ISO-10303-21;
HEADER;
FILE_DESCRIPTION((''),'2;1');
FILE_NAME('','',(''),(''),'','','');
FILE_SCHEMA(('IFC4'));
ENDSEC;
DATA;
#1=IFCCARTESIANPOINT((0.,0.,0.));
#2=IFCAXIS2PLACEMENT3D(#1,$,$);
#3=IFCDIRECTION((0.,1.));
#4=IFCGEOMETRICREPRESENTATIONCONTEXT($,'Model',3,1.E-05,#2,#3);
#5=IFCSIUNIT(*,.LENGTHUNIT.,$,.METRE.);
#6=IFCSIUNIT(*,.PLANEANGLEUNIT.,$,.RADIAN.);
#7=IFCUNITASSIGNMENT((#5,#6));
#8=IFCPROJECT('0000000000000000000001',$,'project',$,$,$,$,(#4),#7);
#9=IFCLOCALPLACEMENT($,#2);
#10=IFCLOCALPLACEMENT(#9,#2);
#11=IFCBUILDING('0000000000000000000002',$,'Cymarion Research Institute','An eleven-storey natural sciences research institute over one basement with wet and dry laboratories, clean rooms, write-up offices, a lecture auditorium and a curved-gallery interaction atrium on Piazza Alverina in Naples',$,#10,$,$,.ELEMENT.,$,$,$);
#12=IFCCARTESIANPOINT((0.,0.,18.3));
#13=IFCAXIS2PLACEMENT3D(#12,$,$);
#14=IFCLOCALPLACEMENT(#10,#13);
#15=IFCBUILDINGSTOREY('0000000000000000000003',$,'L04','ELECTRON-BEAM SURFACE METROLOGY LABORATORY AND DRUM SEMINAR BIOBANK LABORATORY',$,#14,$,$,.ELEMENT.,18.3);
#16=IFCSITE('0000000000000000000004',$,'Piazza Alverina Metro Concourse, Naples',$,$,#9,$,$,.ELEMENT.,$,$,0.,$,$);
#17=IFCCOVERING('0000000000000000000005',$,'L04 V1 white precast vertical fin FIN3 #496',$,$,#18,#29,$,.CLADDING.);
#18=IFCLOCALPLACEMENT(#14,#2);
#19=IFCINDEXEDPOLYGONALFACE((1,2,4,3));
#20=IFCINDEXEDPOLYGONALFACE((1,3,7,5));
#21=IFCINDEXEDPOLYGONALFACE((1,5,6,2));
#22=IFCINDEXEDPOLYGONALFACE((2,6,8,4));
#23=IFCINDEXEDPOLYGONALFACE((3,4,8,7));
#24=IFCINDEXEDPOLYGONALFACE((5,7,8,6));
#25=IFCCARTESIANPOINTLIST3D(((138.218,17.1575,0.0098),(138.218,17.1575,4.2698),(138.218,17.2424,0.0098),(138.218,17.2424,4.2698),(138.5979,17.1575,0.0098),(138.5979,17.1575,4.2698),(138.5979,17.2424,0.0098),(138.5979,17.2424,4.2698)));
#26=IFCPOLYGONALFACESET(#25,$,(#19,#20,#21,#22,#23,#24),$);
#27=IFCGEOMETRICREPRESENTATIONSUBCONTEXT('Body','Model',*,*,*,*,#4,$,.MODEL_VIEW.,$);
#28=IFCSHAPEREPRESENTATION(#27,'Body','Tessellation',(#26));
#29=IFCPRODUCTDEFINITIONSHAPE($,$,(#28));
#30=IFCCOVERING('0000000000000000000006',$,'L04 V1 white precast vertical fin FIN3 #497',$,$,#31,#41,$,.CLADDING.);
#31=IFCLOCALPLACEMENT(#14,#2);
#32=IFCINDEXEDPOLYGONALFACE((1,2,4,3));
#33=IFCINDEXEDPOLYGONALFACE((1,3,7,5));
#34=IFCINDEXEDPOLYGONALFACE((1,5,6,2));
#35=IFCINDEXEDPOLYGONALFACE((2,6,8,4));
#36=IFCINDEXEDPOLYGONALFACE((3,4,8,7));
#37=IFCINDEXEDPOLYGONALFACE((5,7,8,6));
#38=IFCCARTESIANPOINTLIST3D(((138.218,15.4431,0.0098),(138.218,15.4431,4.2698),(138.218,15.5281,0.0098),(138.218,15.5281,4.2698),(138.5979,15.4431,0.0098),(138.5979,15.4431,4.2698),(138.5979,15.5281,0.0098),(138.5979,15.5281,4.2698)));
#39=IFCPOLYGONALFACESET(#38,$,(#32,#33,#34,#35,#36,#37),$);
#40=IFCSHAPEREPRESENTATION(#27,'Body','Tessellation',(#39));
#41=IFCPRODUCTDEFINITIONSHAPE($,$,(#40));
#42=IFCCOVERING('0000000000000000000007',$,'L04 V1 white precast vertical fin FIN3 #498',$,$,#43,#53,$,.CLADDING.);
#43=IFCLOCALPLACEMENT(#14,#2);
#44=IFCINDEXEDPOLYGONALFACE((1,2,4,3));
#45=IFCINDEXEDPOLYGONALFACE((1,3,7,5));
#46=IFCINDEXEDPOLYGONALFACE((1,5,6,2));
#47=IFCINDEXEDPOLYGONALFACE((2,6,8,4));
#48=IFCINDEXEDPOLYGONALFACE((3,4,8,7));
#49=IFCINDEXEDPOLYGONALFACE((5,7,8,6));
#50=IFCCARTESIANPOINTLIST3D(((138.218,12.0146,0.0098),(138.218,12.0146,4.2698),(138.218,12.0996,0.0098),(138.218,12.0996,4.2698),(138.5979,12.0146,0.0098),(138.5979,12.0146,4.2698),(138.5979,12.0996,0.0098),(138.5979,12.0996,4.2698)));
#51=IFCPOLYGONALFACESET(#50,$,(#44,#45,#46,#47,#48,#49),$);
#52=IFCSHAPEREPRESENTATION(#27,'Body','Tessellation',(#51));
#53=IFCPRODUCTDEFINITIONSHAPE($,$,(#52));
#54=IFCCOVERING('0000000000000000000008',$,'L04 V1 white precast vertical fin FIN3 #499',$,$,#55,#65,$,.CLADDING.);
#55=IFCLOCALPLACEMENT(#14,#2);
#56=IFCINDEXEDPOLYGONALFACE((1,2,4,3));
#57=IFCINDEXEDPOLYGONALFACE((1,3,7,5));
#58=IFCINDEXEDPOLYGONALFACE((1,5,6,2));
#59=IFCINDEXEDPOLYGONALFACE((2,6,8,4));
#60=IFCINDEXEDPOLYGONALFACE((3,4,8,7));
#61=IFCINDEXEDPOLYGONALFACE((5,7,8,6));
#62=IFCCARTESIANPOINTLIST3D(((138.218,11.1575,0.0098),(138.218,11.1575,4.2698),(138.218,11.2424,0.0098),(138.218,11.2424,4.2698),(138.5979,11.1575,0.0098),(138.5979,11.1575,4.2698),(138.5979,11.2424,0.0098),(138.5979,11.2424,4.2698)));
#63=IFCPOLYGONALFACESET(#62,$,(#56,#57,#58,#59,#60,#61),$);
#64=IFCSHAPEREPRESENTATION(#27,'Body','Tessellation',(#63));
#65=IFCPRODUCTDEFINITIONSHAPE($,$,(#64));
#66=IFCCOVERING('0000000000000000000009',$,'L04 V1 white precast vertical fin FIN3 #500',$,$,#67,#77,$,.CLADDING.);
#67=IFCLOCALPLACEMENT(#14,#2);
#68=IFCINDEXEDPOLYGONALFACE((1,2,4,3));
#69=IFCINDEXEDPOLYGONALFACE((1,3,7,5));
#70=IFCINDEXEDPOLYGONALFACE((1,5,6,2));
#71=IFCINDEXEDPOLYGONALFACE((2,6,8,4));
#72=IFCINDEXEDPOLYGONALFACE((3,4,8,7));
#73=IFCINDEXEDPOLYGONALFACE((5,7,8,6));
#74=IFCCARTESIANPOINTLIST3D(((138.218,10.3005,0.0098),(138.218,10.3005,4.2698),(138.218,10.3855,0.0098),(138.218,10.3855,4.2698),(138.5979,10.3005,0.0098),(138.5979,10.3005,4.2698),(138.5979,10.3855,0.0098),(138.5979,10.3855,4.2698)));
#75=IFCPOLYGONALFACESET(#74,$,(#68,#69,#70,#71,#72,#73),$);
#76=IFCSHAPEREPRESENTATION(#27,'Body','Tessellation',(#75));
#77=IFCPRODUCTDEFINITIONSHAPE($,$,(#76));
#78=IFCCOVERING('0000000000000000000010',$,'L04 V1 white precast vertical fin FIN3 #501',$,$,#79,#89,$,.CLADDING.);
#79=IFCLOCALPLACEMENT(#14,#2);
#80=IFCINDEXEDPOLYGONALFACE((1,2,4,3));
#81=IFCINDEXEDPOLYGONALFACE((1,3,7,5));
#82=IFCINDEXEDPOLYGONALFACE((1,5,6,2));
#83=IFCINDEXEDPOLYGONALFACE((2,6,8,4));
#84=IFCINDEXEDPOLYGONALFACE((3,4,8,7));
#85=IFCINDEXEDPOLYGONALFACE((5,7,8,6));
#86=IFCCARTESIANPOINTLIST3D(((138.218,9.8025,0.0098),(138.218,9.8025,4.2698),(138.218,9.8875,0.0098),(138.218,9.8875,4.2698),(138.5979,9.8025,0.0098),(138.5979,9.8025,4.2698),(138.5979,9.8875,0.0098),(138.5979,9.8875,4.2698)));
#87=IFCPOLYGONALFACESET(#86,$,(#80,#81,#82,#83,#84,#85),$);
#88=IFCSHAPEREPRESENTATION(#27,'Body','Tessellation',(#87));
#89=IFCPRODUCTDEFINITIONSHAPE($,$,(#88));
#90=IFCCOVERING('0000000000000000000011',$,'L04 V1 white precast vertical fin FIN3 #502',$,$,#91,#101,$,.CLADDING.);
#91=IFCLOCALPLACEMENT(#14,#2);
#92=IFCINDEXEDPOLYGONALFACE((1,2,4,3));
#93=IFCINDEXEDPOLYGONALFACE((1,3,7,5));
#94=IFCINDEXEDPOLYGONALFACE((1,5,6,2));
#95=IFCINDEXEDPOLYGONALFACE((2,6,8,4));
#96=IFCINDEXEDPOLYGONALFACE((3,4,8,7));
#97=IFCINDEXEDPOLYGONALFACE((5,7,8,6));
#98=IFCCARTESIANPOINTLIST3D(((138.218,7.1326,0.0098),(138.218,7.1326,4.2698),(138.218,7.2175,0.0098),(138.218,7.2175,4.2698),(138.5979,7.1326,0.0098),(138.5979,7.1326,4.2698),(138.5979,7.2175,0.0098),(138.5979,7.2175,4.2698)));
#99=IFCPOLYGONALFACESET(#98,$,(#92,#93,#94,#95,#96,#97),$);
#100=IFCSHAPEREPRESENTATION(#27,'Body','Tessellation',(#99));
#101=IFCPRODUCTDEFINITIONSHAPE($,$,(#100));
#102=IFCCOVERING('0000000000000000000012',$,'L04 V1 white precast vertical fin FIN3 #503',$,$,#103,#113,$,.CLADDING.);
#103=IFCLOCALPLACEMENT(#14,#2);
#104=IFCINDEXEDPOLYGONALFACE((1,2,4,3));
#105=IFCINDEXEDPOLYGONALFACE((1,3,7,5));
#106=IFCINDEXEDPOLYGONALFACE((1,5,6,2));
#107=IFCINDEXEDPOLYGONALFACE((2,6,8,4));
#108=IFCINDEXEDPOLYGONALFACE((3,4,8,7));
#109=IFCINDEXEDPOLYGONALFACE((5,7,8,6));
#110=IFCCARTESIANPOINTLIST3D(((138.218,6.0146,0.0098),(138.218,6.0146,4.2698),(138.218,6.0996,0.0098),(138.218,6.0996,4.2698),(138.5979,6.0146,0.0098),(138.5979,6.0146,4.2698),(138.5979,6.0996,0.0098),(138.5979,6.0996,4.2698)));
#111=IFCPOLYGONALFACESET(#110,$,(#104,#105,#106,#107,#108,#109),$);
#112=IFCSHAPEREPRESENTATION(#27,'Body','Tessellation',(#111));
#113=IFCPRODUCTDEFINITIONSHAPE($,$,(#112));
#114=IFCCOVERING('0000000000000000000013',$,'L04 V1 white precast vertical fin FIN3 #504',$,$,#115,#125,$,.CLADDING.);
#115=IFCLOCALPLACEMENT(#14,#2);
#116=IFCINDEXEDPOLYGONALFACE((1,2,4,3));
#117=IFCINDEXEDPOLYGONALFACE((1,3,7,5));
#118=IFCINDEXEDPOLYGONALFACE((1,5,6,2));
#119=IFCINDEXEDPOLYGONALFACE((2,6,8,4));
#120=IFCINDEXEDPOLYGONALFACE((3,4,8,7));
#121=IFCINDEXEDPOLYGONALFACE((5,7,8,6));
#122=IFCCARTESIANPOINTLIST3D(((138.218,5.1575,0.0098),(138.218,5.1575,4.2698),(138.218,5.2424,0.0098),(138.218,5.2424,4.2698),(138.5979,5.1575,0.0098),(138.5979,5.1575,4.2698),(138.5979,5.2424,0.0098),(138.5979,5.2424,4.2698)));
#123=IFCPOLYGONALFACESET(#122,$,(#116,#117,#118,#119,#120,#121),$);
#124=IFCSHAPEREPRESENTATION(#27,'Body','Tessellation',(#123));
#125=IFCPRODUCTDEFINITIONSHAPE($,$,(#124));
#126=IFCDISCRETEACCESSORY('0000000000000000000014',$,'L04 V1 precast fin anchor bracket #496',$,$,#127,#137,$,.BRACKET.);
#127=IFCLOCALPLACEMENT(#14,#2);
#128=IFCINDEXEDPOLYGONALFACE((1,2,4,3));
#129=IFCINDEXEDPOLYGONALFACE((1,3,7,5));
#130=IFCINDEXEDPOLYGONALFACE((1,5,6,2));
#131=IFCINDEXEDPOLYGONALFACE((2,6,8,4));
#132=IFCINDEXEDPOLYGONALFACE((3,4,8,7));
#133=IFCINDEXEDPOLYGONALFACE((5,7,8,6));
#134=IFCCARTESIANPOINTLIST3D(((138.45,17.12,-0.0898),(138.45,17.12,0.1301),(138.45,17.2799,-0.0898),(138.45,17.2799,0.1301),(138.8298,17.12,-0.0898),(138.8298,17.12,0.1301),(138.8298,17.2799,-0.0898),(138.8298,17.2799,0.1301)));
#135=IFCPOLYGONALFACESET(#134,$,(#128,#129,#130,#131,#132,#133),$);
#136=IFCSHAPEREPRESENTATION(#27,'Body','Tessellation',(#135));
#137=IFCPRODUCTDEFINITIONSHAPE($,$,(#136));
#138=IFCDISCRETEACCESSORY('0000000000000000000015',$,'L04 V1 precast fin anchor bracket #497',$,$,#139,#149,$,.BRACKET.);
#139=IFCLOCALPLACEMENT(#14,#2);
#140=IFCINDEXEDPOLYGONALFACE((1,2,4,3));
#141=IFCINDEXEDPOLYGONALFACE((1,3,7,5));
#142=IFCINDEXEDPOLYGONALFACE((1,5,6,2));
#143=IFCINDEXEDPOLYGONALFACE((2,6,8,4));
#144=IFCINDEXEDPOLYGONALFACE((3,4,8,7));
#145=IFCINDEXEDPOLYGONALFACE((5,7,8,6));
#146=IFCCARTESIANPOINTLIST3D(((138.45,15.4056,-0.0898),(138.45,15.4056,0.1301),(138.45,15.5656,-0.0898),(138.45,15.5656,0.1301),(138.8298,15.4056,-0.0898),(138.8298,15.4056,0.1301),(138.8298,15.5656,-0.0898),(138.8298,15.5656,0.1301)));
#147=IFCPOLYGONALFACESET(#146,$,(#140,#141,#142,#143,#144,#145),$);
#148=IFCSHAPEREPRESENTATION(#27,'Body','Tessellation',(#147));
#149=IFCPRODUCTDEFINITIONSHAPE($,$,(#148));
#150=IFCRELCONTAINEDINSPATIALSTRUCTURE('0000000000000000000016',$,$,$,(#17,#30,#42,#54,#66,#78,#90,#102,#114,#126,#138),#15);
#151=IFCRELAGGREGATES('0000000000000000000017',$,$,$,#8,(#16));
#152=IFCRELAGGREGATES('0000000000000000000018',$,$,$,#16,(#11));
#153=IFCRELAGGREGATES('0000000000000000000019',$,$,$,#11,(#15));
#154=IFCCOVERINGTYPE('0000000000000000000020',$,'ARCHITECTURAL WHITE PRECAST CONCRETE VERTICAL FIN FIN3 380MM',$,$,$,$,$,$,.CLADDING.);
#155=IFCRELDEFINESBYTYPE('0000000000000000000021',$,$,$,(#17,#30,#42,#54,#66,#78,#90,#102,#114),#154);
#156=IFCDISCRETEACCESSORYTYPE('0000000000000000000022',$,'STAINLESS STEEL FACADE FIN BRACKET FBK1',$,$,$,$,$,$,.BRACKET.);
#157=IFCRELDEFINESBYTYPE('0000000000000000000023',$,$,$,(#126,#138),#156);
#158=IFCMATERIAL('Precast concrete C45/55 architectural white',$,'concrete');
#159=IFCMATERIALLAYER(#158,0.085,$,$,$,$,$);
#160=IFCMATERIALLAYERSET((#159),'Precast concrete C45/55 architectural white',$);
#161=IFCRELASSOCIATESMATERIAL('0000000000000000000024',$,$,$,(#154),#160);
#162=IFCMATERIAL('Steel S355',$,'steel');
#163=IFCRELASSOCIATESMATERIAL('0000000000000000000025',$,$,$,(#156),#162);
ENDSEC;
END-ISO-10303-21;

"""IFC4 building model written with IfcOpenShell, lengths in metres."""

from ifc_helpers import new_model, si_unit, direction, frame, origin, origin_2d, place, context, subcontext, project, spatial, rectangle, extrude, material, layer, layer_set, type_object, element, save


model = new_model("IFC4")

# Units and contexts
model_context = context("Model", 3, precision=1e-05, world=origin(), true_north=direction((0.0, 1.0)))
body_context = subcontext(model_context, "Body", "Model", "MODEL_VIEW")
ifc_project = project(units=[si_unit("LENGTHUNIT", "METRE"), si_unit("PLANEANGLEUNIT", "RADIAN")], contexts=[model_context])

# Site, building, storey
site_placement = place(None, origin())
site = spatial("IfcSite", under=ifc_project, at=site_placement, Name="Piazza Alverina Metro Concourse, Naples", CompositionType="ELEMENT", RefElevation=0.0)
building_placement = place(site_placement, origin())
building = spatial("IfcBuilding", under=site, at=building_placement, Name="Cymarion Research Institute", Description="An eleven-storey natural sciences research institute over one basement with wet and dry laboratories, clean rooms, write-up offices, a lecture auditorium and a curved-gallery interaction atrium on Piazza Alverina in Naples", CompositionType="ELEMENT")
storey_placement = place(building_placement, frame((0.0, 0.0, 18.3)))
storey = spatial("IfcBuildingStorey", under=building, at=storey_placement, Name="L04", Description="ELECTRON-BEAM SURFACE METROLOGY LABORATORY AND DRUM SEMINAR BIOBANK LABORATORY", CompositionType="ELEMENT", Elevation=18.3)

# Shared definitions
ifc_material_1 = material(Name="Steel S355", Category="steel")

# Coverings
ifc_material_2 = material(Name="Precast concrete C45/55 architectural white", Category="concrete")
ifc_layer = layer(ifc_material_2, 0.085)
ifc_layer_set = layer_set([ifc_layer], Name="Precast concrete C45/55 architectural white")
covering_type = type_object("IfcCoveringType", Name="ARCHITECTURAL WHITE PRECAST CONCRETE VERTICAL FIN FIN3 380MM", PredefinedType="CLADDING", material=ifc_layer_set)
for number, where, z_axis, x_axis, name in (
    (1, (138.408, 17.2, 0.0098), (0.0, 0.0, 1.0), (-1.0, 0.0, 0.0), "L04 V1 white precast vertical fin FIN3 #496"),
    (2, (138.408, 15.4856, 0.0098), (0.0, 0.0, 1.0), (-1.0, 0.0, 0.0), "L04 V1 white precast vertical fin FIN3 #497"),
    (3, (138.408, 12.0571, 0.0098), (0.0, 0.0, 1.0), (-1.0, 0.0, 0.0), "L04 V1 white precast vertical fin FIN3 #498"),
    (4, (138.408, 11.2, 0.0098), (0.0, 0.0, 1.0), (-1.0, 0.0, 0.0), "L04 V1 white precast vertical fin FIN3 #499"),
    (5, (138.408, 10.343, 0.0098), (0.0, 0.0, 1.0), (-1.0, 0.0, 0.0), "L04 V1 white precast vertical fin FIN3 #500"),
    (6, (138.408, 9.845, 0.0098), (0.0, 0.0, 1.0), (-1.0, 0.0, 0.0), "L04 V1 white precast vertical fin FIN3 #501"),
    (7, (138.408, 7.175, 0.0098), (0.0, 0.0, 1.0), (-1.0, 0.0, 0.0), "L04 V1 white precast vertical fin FIN3 #502"),
    (8, (138.408, 6.0571, 0.0098), (0.0, 0.0, 1.0), (-1.0, 0.0, 0.0), "L04 V1 white precast vertical fin FIN3 #503"),
    (9, (138.408, 5.2, 0.0098), (0.0, 0.0, 1.0), (-1.0, 0.0, 0.0), "L04 V1 white precast vertical fin FIN3 #504"),
):
    element("IfcCovering", number, at=place(storey_placement, frame(where, z_axis=z_axis, x_axis=x_axis)), inside=storey, type_object=covering_type, Name=name, PredefinedType="CLADDING", context=body_context, shape_type="SweptSolid", body=[
        extrude(rectangle(XDim=0.3799, YDim=0.085, at=origin_2d()), origin(), (0.0, 0.0, 1.0), 4.26),
    ])

# Discrete accessories
discrete_accessory_type = type_object("IfcDiscreteAccessoryType", Name="STAINLESS STEEL FACADE FIN BRACKET FBK1", PredefinedType="BRACKET", material=ifc_material_1)
for number, where, z_axis, x_axis, name in (
    (10, (138.6399, 17.2, -0.0898), (0.0, 0.0, 1.0), (-1.0, 0.0, 0.0), "L04 V1 precast fin anchor bracket #496"),
    (11, (138.6399, 15.4856, -0.0898), (0.0, 0.0, 1.0), (-1.0, 0.0, 0.0), "L04 V1 precast fin anchor bracket #497"),
):
    element("IfcDiscreteAccessory", number, at=place(storey_placement, frame(where, z_axis=z_axis, x_axis=x_axis)), inside=storey, type_object=discrete_accessory_type, Name=name, PredefinedType="BRACKET", context=body_context, shape_type="SweptSolid", body=[
        extrude(rectangle(XDim=0.3799, YDim=0.1599, at=origin_2d()), origin(), (0.0, 0.0, 1.0), 0.22),
    ])

save(model, "model.ifc")
